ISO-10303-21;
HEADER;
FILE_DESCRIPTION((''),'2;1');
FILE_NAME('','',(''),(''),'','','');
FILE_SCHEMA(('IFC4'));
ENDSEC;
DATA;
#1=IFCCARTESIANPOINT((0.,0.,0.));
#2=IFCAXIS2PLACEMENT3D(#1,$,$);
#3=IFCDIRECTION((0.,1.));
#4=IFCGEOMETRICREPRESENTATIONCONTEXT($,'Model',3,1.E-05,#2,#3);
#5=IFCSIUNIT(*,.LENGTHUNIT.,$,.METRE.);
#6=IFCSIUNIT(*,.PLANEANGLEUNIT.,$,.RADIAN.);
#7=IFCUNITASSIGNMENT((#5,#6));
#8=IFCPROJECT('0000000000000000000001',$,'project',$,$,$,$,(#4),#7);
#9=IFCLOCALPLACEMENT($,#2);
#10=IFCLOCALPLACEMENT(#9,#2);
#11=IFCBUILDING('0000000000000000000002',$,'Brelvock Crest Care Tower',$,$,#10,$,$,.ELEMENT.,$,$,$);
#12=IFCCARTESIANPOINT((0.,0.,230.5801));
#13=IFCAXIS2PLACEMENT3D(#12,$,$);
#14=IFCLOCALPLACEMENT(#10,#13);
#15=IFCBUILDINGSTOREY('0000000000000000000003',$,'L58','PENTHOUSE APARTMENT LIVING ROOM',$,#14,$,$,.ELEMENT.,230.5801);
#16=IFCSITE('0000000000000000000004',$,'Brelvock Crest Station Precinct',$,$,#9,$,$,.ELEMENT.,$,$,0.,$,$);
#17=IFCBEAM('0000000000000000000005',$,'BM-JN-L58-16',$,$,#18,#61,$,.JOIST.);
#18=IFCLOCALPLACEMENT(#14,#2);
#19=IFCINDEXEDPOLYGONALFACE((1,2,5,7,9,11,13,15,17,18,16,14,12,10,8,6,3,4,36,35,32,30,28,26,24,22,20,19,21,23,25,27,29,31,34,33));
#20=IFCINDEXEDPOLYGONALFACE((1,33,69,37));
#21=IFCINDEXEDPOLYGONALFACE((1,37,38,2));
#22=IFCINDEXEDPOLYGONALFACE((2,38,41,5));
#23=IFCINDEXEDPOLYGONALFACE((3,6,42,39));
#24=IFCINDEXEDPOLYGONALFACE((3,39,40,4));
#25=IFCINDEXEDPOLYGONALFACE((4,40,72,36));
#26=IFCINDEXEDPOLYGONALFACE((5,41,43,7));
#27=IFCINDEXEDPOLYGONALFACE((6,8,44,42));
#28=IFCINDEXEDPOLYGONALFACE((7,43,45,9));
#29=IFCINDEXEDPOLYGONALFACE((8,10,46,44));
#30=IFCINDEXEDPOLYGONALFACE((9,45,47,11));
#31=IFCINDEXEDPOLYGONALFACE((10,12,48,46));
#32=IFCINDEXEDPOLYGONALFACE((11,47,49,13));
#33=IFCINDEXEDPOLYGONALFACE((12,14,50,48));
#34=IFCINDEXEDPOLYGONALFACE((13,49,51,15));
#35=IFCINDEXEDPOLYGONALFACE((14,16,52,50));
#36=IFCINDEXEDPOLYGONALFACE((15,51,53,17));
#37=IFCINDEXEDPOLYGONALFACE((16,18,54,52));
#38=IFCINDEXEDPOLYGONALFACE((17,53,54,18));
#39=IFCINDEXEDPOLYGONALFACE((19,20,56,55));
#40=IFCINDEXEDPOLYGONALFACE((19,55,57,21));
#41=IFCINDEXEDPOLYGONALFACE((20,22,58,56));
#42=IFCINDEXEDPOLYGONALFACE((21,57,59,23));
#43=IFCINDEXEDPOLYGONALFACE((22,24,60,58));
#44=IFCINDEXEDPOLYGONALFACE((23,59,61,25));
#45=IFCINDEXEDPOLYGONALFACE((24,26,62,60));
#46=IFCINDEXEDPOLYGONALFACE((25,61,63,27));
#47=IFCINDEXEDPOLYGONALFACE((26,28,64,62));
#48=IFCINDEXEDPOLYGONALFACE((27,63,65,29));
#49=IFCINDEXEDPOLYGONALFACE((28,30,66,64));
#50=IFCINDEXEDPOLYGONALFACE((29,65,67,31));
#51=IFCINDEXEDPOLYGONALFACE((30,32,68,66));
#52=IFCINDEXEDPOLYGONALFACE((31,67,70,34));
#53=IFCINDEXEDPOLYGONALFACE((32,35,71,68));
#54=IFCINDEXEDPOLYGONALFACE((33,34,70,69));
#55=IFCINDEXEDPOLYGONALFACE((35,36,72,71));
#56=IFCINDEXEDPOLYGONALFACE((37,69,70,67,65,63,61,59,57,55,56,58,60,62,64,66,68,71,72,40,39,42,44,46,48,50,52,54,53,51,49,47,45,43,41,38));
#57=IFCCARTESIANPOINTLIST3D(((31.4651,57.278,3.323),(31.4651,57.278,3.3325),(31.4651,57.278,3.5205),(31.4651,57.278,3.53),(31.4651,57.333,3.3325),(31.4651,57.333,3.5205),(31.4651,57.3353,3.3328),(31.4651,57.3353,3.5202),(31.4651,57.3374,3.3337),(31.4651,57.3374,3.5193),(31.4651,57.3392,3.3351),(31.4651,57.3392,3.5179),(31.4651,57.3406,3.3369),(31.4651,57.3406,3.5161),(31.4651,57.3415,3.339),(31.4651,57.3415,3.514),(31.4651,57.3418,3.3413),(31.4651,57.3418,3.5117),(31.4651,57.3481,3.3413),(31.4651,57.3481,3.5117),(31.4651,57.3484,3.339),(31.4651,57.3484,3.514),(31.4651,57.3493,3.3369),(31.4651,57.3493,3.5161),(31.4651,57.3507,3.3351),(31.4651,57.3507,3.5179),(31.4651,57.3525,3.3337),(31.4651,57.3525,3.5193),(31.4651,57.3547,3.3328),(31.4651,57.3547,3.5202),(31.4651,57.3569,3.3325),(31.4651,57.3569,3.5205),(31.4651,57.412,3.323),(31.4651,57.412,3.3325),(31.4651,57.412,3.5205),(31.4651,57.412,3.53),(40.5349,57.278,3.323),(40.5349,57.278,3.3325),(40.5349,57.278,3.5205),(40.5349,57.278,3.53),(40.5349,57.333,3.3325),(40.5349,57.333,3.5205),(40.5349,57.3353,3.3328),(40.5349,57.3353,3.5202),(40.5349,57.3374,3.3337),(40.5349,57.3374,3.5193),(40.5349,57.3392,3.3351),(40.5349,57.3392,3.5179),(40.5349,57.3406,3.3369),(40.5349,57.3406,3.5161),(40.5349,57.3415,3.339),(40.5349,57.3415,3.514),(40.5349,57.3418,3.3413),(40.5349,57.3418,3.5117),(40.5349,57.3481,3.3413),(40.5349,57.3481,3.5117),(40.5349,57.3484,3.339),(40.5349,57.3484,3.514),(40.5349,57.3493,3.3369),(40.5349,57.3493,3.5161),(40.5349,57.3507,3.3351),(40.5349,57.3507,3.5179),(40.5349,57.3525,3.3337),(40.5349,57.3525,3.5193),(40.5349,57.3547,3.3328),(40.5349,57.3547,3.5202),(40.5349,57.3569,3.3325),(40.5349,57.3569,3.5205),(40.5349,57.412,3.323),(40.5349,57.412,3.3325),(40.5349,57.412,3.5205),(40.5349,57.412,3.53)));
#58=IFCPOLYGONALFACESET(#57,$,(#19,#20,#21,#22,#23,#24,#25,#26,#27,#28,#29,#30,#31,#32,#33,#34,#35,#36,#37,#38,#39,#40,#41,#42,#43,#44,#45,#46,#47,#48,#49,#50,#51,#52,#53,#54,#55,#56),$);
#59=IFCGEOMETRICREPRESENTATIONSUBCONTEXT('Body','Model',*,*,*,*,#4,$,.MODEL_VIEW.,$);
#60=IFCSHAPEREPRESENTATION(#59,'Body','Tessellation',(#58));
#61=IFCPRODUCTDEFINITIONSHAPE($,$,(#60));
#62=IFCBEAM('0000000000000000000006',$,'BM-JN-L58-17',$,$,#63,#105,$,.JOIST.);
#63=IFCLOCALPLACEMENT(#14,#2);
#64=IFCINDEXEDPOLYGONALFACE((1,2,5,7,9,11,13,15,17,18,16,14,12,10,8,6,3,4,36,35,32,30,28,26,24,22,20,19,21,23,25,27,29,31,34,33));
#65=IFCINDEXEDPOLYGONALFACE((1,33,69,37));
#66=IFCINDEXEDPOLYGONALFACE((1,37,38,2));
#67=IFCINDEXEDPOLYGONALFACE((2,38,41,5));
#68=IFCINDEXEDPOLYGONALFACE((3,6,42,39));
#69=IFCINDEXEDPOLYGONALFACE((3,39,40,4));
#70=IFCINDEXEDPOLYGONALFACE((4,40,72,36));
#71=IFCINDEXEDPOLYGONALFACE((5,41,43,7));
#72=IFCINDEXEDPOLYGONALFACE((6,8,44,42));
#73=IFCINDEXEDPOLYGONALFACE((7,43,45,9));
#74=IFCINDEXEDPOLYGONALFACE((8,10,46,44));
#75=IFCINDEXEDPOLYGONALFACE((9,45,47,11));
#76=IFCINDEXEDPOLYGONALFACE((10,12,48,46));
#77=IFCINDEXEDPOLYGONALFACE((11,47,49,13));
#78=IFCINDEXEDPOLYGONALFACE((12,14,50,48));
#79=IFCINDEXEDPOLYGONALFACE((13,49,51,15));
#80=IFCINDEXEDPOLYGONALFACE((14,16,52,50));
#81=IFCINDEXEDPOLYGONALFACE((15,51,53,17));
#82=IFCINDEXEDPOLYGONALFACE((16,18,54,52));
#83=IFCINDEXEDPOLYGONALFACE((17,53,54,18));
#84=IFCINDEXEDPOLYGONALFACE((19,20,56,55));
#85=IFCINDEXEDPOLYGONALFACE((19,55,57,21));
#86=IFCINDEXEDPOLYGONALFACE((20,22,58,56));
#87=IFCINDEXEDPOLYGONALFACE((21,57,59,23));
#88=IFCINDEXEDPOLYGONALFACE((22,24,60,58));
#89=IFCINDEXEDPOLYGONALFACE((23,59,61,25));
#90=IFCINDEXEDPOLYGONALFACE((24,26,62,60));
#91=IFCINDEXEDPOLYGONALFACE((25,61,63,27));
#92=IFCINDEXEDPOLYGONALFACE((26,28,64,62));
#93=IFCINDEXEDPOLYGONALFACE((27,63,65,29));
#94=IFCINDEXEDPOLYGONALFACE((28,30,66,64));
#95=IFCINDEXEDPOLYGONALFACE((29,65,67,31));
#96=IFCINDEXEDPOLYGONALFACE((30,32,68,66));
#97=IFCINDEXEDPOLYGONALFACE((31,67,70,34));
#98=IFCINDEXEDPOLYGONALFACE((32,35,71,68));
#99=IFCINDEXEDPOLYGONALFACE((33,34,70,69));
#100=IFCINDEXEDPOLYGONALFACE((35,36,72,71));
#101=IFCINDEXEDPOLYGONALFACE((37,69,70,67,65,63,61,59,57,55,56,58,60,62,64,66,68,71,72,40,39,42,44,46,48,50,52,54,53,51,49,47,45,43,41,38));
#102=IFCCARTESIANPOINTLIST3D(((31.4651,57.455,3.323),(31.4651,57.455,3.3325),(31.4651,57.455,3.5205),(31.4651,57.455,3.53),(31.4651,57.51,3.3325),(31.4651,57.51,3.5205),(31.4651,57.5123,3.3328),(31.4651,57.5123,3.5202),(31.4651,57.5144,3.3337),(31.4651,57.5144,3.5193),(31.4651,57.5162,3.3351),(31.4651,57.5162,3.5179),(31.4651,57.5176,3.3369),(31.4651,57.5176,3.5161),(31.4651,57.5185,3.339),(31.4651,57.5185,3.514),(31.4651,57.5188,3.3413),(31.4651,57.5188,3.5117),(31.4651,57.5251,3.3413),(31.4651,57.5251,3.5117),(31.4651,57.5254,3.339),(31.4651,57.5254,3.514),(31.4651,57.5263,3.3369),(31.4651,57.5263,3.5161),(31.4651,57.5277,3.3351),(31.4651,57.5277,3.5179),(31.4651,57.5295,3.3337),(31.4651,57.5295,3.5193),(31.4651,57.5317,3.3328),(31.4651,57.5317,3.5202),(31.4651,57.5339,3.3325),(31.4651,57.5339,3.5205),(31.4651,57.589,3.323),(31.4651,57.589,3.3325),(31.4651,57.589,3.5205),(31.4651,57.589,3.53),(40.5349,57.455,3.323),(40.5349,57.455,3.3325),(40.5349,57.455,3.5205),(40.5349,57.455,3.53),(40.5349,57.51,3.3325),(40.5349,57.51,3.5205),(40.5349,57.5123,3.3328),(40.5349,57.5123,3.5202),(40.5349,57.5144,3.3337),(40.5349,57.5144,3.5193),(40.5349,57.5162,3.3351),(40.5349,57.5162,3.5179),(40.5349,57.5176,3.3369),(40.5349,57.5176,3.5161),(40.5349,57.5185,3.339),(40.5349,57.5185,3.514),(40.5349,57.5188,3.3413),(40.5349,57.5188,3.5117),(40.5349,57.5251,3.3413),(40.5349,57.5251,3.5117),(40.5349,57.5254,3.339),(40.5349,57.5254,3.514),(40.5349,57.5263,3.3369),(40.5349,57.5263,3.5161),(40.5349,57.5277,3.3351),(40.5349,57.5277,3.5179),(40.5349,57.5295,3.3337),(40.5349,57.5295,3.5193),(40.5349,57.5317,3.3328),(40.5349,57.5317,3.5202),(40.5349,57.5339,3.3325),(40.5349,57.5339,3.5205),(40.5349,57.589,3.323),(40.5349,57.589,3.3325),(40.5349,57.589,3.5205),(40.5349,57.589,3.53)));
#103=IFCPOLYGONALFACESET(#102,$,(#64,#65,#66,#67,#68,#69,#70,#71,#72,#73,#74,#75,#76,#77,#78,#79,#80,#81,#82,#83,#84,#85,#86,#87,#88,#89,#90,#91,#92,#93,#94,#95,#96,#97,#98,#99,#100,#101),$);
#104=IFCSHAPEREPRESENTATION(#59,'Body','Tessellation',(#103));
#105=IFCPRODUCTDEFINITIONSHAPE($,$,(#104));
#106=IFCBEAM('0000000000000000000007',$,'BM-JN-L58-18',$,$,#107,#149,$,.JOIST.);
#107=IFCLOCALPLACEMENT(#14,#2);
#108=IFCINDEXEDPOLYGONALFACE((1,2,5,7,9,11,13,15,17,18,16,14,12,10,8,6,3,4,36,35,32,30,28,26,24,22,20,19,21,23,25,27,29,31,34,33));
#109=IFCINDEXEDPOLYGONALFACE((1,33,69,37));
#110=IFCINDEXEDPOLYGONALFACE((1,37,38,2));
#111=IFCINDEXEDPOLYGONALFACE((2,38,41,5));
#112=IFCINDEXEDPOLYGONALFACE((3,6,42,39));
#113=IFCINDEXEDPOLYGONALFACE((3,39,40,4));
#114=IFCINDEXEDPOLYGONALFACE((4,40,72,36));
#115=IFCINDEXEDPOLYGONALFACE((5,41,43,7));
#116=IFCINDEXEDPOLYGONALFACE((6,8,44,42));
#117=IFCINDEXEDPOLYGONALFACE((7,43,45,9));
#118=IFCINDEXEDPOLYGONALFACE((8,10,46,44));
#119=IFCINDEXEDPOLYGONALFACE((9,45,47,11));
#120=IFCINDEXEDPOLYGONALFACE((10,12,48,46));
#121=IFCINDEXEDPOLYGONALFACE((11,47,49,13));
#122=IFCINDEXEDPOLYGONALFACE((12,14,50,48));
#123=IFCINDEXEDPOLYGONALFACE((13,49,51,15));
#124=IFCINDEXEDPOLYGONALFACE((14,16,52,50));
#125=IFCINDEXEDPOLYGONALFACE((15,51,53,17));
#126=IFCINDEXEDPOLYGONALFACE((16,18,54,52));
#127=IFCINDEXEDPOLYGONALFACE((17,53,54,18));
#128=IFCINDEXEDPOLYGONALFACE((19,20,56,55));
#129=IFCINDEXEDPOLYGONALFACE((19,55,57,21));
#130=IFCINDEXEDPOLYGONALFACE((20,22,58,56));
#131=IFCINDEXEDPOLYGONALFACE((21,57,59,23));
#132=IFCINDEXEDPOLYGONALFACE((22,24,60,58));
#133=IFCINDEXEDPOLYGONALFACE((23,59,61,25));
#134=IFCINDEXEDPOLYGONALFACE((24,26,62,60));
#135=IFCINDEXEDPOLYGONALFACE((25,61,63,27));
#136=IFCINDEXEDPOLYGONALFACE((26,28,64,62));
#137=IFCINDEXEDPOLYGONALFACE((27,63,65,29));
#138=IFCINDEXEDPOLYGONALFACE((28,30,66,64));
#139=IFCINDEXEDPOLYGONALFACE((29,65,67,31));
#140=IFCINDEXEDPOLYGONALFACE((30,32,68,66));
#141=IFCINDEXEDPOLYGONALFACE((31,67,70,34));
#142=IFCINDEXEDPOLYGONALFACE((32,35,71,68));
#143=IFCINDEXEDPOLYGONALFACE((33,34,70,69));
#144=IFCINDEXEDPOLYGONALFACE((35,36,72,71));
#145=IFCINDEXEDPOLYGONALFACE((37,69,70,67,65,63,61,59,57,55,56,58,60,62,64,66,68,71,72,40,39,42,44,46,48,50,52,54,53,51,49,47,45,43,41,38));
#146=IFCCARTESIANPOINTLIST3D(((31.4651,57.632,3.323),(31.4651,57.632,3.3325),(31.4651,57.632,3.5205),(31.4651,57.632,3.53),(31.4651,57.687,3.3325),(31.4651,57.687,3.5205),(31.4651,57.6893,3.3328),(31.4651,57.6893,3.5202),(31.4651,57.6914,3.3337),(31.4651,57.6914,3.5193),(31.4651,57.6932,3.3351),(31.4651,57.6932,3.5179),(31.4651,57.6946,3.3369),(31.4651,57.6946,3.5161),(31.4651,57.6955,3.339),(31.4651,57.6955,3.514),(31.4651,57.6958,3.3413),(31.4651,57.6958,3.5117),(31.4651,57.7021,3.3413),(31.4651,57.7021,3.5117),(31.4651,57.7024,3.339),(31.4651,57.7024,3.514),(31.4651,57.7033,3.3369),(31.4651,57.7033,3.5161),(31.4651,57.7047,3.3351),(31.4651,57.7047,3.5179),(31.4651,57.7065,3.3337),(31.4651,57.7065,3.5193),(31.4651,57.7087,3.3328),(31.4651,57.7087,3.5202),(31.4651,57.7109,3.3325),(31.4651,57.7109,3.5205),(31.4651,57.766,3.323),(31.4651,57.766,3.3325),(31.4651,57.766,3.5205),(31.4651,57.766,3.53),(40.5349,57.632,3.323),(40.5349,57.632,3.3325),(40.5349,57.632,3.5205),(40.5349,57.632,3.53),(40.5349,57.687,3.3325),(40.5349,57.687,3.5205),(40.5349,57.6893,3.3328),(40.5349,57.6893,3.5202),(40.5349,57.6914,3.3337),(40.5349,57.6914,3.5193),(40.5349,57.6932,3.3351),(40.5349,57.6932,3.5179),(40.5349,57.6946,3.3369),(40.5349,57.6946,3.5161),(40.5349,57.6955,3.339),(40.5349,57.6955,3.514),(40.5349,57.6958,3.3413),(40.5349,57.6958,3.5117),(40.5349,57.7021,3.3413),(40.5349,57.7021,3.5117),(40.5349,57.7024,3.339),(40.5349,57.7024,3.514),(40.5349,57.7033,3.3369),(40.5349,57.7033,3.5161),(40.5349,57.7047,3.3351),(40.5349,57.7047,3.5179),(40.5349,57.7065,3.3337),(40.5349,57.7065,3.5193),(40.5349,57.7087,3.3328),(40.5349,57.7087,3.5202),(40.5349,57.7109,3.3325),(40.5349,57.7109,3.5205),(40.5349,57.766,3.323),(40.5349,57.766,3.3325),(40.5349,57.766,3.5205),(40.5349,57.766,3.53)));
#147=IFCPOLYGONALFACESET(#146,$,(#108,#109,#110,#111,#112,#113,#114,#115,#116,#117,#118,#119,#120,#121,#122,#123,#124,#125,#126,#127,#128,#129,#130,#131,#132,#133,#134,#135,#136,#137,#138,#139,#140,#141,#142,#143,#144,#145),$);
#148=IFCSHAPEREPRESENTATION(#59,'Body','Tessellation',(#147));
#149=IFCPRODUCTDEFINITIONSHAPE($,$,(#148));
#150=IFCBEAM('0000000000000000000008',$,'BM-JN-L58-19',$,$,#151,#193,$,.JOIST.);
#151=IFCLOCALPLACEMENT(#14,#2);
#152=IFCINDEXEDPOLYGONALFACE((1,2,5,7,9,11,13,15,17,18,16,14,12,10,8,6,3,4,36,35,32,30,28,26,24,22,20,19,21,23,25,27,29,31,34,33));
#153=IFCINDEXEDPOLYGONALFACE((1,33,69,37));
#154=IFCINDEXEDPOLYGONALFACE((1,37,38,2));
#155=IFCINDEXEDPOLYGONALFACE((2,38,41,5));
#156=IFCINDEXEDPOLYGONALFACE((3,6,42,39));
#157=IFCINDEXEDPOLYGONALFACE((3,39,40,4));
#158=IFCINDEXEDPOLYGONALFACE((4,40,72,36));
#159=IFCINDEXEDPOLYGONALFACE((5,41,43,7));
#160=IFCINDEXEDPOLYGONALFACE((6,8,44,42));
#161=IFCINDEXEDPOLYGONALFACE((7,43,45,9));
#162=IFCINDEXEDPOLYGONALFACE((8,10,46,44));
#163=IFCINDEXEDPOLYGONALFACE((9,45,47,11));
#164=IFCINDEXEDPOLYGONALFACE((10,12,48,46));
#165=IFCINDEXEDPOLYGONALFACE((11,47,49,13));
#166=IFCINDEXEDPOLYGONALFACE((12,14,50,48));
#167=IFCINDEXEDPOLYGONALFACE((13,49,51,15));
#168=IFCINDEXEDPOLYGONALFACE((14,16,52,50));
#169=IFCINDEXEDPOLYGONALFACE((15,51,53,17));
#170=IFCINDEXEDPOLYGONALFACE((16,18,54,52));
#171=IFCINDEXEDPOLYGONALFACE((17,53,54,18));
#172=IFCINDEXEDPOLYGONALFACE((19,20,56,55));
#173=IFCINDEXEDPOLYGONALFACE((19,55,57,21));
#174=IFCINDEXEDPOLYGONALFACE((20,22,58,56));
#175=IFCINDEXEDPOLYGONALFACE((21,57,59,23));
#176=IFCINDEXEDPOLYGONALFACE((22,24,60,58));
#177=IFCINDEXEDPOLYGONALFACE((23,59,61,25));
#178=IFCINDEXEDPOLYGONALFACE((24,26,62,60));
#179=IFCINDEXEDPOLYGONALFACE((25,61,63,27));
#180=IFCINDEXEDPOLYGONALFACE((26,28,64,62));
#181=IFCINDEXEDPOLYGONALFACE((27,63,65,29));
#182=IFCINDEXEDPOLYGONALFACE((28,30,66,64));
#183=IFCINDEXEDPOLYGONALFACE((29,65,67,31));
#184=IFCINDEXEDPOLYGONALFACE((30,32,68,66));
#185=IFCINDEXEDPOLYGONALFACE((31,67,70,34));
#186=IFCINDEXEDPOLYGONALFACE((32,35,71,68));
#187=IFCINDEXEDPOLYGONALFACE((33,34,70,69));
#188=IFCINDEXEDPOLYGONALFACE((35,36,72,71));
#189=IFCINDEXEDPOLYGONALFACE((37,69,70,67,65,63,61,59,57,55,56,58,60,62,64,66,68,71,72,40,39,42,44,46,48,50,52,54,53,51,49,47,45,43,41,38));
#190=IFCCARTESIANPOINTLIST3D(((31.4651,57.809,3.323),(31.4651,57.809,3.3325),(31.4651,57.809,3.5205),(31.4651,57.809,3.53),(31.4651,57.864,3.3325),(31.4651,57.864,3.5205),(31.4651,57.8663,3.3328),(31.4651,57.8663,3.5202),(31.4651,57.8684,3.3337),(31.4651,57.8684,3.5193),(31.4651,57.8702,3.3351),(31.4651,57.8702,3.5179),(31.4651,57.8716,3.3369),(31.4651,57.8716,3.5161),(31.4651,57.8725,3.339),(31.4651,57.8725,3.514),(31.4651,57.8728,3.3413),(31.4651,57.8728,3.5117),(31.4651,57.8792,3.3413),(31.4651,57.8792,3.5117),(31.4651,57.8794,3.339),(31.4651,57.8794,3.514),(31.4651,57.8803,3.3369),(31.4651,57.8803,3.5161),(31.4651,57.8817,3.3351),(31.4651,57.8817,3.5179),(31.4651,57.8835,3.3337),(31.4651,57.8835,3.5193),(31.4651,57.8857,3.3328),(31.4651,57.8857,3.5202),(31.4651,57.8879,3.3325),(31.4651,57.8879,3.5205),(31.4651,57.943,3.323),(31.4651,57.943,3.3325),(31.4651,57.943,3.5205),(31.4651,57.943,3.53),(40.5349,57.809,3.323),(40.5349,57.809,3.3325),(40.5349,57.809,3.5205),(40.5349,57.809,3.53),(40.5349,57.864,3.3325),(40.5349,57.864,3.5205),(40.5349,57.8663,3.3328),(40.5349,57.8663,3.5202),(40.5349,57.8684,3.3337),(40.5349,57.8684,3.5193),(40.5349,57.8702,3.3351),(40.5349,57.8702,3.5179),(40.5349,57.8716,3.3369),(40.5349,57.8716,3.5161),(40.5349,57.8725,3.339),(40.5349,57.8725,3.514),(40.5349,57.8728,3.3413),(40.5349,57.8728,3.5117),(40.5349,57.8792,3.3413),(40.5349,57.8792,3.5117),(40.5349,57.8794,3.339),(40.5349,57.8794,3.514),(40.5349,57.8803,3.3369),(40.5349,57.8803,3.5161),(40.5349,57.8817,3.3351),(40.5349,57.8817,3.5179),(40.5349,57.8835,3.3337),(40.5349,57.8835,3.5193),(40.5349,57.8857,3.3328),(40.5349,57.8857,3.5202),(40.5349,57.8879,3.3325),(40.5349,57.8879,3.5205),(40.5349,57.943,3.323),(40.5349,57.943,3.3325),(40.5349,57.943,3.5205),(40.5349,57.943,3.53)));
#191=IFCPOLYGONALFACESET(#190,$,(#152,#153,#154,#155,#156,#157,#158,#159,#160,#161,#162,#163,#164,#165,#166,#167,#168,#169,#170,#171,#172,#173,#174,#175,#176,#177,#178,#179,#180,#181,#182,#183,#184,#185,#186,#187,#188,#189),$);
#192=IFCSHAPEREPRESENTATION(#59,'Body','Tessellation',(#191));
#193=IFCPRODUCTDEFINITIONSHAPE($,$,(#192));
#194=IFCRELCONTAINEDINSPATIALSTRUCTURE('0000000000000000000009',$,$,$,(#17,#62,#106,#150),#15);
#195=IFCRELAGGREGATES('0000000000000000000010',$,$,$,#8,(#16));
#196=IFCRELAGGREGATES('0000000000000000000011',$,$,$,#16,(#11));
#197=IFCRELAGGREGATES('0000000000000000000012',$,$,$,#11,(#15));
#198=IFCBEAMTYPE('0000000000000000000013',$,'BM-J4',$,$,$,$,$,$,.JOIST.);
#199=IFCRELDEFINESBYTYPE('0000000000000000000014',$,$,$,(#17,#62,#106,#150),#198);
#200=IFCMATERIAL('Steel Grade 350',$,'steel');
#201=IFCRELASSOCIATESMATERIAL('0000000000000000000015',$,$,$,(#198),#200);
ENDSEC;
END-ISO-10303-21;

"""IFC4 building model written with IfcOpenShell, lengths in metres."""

from ifc_helpers import new_model, si_unit, direction, frame, origin, origin_2d, place, context, subcontext, project, spatial, i_section, extrude, source, transform, mapped, material, material_profile, profile_set, type_object, element, save


model = new_model("IFC4")

# Units and contexts
model_context = context("Model", 3, precision=1e-05, world=origin(), true_north=direction((0.0, 1.0)))
body_context = subcontext(model_context, "Body", "Model", "MODEL_VIEW")
ifc_project = project(units=[si_unit("LENGTHUNIT", "METRE"), si_unit("PLANEANGLEUNIT", "RADIAN")], contexts=[model_context])

# Site, building, storey
site_placement = place(None, origin())
site = spatial("IfcSite", under=ifc_project, at=site_placement, Name="Brelvock Crest Station Precinct", CompositionType="ELEMENT", RefElevation=0.0)
building_placement = place(site_placement, origin())
building = spatial("IfcBuilding", under=site, at=building_placement, Name="Brelvock Crest Care Tower", CompositionType="ELEMENT")
storey_placement = place(building_placement, frame((0.0, 0.0, 230.5801)))
storey = spatial("IfcBuildingStorey", under=building, at=storey_placement, Name="L58", Description="PENTHOUSE APARTMENT LIVING ROOM", CompositionType="ELEMENT", Elevation=230.5801)

# Shared definitions
ifc_material_1 = material(Name="Steel Grade 350", Category="steel")

# Beams
ifc_material_profile_1 = material_profile(ifc_material_1, i_section(OverallWidth=0.134, OverallDepth=0.207, WebThickness=0.0063, FlangeThickness=0.0095, FilletRadius=0.0088, at=origin_2d()), Name="200UB29.8")
ifc_profile_set_1 = profile_set([ifc_material_profile_1], Name="Steel Grade 350")
beam_type_1 = type_object("IfcBeamType", Name="BM-J4", PredefinedType="JOIST", material=ifc_profile_set_1)
shared_shape_1 = source(origin(), body_context, "Body", "SweptSolid", [
    extrude(i_section(OverallWidth=0.134, OverallDepth=0.207, WebThickness=0.0063, FlangeThickness=0.0095, FilletRadius=0.0088, at=origin_2d()), origin(), (0.0, 0.0, 1.0), 9.0698),
])
for number, where, z_axis, x_axis, name in (
    (1, (31.4651, 57.345, 3.4265), (1.0, 0.0, 0.0), (0.0, 1.0, 0.0), "BM-JN-L58-16"),
    (2, (31.4651, 57.522, 3.4265), (1.0, 0.0, 0.0), (0.0, 1.0, 0.0), "BM-JN-L58-17"),
    (3, (31.4651, 57.699, 3.4265), (1.0, 0.0, 0.0), (0.0, 1.0, 0.0), "BM-JN-L58-18"),
    (4, (31.4651, 57.876, 3.4265), (1.0, 0.0, 0.0), (0.0, 1.0, 0.0), "BM-JN-L58-19"),
):
    element("IfcBeam", number, at=place(storey_placement, frame(where, z_axis=z_axis, x_axis=x_axis)), inside=storey, type_object=beam_type_1, Name=name, PredefinedType="JOIST", context=body_context, shape_type="MappedRepresentation", body=[
        mapped(shared_shape_1, transform((0.0, 0.0, 0.0), x_axis=(1.0, 0.0, 0.0), y_axis=(0.0, 1.0, 0.0), z_axis=(0.0, 0.0, 1.0), scale=1.0)),
    ])

save(model, "model.ifc")
